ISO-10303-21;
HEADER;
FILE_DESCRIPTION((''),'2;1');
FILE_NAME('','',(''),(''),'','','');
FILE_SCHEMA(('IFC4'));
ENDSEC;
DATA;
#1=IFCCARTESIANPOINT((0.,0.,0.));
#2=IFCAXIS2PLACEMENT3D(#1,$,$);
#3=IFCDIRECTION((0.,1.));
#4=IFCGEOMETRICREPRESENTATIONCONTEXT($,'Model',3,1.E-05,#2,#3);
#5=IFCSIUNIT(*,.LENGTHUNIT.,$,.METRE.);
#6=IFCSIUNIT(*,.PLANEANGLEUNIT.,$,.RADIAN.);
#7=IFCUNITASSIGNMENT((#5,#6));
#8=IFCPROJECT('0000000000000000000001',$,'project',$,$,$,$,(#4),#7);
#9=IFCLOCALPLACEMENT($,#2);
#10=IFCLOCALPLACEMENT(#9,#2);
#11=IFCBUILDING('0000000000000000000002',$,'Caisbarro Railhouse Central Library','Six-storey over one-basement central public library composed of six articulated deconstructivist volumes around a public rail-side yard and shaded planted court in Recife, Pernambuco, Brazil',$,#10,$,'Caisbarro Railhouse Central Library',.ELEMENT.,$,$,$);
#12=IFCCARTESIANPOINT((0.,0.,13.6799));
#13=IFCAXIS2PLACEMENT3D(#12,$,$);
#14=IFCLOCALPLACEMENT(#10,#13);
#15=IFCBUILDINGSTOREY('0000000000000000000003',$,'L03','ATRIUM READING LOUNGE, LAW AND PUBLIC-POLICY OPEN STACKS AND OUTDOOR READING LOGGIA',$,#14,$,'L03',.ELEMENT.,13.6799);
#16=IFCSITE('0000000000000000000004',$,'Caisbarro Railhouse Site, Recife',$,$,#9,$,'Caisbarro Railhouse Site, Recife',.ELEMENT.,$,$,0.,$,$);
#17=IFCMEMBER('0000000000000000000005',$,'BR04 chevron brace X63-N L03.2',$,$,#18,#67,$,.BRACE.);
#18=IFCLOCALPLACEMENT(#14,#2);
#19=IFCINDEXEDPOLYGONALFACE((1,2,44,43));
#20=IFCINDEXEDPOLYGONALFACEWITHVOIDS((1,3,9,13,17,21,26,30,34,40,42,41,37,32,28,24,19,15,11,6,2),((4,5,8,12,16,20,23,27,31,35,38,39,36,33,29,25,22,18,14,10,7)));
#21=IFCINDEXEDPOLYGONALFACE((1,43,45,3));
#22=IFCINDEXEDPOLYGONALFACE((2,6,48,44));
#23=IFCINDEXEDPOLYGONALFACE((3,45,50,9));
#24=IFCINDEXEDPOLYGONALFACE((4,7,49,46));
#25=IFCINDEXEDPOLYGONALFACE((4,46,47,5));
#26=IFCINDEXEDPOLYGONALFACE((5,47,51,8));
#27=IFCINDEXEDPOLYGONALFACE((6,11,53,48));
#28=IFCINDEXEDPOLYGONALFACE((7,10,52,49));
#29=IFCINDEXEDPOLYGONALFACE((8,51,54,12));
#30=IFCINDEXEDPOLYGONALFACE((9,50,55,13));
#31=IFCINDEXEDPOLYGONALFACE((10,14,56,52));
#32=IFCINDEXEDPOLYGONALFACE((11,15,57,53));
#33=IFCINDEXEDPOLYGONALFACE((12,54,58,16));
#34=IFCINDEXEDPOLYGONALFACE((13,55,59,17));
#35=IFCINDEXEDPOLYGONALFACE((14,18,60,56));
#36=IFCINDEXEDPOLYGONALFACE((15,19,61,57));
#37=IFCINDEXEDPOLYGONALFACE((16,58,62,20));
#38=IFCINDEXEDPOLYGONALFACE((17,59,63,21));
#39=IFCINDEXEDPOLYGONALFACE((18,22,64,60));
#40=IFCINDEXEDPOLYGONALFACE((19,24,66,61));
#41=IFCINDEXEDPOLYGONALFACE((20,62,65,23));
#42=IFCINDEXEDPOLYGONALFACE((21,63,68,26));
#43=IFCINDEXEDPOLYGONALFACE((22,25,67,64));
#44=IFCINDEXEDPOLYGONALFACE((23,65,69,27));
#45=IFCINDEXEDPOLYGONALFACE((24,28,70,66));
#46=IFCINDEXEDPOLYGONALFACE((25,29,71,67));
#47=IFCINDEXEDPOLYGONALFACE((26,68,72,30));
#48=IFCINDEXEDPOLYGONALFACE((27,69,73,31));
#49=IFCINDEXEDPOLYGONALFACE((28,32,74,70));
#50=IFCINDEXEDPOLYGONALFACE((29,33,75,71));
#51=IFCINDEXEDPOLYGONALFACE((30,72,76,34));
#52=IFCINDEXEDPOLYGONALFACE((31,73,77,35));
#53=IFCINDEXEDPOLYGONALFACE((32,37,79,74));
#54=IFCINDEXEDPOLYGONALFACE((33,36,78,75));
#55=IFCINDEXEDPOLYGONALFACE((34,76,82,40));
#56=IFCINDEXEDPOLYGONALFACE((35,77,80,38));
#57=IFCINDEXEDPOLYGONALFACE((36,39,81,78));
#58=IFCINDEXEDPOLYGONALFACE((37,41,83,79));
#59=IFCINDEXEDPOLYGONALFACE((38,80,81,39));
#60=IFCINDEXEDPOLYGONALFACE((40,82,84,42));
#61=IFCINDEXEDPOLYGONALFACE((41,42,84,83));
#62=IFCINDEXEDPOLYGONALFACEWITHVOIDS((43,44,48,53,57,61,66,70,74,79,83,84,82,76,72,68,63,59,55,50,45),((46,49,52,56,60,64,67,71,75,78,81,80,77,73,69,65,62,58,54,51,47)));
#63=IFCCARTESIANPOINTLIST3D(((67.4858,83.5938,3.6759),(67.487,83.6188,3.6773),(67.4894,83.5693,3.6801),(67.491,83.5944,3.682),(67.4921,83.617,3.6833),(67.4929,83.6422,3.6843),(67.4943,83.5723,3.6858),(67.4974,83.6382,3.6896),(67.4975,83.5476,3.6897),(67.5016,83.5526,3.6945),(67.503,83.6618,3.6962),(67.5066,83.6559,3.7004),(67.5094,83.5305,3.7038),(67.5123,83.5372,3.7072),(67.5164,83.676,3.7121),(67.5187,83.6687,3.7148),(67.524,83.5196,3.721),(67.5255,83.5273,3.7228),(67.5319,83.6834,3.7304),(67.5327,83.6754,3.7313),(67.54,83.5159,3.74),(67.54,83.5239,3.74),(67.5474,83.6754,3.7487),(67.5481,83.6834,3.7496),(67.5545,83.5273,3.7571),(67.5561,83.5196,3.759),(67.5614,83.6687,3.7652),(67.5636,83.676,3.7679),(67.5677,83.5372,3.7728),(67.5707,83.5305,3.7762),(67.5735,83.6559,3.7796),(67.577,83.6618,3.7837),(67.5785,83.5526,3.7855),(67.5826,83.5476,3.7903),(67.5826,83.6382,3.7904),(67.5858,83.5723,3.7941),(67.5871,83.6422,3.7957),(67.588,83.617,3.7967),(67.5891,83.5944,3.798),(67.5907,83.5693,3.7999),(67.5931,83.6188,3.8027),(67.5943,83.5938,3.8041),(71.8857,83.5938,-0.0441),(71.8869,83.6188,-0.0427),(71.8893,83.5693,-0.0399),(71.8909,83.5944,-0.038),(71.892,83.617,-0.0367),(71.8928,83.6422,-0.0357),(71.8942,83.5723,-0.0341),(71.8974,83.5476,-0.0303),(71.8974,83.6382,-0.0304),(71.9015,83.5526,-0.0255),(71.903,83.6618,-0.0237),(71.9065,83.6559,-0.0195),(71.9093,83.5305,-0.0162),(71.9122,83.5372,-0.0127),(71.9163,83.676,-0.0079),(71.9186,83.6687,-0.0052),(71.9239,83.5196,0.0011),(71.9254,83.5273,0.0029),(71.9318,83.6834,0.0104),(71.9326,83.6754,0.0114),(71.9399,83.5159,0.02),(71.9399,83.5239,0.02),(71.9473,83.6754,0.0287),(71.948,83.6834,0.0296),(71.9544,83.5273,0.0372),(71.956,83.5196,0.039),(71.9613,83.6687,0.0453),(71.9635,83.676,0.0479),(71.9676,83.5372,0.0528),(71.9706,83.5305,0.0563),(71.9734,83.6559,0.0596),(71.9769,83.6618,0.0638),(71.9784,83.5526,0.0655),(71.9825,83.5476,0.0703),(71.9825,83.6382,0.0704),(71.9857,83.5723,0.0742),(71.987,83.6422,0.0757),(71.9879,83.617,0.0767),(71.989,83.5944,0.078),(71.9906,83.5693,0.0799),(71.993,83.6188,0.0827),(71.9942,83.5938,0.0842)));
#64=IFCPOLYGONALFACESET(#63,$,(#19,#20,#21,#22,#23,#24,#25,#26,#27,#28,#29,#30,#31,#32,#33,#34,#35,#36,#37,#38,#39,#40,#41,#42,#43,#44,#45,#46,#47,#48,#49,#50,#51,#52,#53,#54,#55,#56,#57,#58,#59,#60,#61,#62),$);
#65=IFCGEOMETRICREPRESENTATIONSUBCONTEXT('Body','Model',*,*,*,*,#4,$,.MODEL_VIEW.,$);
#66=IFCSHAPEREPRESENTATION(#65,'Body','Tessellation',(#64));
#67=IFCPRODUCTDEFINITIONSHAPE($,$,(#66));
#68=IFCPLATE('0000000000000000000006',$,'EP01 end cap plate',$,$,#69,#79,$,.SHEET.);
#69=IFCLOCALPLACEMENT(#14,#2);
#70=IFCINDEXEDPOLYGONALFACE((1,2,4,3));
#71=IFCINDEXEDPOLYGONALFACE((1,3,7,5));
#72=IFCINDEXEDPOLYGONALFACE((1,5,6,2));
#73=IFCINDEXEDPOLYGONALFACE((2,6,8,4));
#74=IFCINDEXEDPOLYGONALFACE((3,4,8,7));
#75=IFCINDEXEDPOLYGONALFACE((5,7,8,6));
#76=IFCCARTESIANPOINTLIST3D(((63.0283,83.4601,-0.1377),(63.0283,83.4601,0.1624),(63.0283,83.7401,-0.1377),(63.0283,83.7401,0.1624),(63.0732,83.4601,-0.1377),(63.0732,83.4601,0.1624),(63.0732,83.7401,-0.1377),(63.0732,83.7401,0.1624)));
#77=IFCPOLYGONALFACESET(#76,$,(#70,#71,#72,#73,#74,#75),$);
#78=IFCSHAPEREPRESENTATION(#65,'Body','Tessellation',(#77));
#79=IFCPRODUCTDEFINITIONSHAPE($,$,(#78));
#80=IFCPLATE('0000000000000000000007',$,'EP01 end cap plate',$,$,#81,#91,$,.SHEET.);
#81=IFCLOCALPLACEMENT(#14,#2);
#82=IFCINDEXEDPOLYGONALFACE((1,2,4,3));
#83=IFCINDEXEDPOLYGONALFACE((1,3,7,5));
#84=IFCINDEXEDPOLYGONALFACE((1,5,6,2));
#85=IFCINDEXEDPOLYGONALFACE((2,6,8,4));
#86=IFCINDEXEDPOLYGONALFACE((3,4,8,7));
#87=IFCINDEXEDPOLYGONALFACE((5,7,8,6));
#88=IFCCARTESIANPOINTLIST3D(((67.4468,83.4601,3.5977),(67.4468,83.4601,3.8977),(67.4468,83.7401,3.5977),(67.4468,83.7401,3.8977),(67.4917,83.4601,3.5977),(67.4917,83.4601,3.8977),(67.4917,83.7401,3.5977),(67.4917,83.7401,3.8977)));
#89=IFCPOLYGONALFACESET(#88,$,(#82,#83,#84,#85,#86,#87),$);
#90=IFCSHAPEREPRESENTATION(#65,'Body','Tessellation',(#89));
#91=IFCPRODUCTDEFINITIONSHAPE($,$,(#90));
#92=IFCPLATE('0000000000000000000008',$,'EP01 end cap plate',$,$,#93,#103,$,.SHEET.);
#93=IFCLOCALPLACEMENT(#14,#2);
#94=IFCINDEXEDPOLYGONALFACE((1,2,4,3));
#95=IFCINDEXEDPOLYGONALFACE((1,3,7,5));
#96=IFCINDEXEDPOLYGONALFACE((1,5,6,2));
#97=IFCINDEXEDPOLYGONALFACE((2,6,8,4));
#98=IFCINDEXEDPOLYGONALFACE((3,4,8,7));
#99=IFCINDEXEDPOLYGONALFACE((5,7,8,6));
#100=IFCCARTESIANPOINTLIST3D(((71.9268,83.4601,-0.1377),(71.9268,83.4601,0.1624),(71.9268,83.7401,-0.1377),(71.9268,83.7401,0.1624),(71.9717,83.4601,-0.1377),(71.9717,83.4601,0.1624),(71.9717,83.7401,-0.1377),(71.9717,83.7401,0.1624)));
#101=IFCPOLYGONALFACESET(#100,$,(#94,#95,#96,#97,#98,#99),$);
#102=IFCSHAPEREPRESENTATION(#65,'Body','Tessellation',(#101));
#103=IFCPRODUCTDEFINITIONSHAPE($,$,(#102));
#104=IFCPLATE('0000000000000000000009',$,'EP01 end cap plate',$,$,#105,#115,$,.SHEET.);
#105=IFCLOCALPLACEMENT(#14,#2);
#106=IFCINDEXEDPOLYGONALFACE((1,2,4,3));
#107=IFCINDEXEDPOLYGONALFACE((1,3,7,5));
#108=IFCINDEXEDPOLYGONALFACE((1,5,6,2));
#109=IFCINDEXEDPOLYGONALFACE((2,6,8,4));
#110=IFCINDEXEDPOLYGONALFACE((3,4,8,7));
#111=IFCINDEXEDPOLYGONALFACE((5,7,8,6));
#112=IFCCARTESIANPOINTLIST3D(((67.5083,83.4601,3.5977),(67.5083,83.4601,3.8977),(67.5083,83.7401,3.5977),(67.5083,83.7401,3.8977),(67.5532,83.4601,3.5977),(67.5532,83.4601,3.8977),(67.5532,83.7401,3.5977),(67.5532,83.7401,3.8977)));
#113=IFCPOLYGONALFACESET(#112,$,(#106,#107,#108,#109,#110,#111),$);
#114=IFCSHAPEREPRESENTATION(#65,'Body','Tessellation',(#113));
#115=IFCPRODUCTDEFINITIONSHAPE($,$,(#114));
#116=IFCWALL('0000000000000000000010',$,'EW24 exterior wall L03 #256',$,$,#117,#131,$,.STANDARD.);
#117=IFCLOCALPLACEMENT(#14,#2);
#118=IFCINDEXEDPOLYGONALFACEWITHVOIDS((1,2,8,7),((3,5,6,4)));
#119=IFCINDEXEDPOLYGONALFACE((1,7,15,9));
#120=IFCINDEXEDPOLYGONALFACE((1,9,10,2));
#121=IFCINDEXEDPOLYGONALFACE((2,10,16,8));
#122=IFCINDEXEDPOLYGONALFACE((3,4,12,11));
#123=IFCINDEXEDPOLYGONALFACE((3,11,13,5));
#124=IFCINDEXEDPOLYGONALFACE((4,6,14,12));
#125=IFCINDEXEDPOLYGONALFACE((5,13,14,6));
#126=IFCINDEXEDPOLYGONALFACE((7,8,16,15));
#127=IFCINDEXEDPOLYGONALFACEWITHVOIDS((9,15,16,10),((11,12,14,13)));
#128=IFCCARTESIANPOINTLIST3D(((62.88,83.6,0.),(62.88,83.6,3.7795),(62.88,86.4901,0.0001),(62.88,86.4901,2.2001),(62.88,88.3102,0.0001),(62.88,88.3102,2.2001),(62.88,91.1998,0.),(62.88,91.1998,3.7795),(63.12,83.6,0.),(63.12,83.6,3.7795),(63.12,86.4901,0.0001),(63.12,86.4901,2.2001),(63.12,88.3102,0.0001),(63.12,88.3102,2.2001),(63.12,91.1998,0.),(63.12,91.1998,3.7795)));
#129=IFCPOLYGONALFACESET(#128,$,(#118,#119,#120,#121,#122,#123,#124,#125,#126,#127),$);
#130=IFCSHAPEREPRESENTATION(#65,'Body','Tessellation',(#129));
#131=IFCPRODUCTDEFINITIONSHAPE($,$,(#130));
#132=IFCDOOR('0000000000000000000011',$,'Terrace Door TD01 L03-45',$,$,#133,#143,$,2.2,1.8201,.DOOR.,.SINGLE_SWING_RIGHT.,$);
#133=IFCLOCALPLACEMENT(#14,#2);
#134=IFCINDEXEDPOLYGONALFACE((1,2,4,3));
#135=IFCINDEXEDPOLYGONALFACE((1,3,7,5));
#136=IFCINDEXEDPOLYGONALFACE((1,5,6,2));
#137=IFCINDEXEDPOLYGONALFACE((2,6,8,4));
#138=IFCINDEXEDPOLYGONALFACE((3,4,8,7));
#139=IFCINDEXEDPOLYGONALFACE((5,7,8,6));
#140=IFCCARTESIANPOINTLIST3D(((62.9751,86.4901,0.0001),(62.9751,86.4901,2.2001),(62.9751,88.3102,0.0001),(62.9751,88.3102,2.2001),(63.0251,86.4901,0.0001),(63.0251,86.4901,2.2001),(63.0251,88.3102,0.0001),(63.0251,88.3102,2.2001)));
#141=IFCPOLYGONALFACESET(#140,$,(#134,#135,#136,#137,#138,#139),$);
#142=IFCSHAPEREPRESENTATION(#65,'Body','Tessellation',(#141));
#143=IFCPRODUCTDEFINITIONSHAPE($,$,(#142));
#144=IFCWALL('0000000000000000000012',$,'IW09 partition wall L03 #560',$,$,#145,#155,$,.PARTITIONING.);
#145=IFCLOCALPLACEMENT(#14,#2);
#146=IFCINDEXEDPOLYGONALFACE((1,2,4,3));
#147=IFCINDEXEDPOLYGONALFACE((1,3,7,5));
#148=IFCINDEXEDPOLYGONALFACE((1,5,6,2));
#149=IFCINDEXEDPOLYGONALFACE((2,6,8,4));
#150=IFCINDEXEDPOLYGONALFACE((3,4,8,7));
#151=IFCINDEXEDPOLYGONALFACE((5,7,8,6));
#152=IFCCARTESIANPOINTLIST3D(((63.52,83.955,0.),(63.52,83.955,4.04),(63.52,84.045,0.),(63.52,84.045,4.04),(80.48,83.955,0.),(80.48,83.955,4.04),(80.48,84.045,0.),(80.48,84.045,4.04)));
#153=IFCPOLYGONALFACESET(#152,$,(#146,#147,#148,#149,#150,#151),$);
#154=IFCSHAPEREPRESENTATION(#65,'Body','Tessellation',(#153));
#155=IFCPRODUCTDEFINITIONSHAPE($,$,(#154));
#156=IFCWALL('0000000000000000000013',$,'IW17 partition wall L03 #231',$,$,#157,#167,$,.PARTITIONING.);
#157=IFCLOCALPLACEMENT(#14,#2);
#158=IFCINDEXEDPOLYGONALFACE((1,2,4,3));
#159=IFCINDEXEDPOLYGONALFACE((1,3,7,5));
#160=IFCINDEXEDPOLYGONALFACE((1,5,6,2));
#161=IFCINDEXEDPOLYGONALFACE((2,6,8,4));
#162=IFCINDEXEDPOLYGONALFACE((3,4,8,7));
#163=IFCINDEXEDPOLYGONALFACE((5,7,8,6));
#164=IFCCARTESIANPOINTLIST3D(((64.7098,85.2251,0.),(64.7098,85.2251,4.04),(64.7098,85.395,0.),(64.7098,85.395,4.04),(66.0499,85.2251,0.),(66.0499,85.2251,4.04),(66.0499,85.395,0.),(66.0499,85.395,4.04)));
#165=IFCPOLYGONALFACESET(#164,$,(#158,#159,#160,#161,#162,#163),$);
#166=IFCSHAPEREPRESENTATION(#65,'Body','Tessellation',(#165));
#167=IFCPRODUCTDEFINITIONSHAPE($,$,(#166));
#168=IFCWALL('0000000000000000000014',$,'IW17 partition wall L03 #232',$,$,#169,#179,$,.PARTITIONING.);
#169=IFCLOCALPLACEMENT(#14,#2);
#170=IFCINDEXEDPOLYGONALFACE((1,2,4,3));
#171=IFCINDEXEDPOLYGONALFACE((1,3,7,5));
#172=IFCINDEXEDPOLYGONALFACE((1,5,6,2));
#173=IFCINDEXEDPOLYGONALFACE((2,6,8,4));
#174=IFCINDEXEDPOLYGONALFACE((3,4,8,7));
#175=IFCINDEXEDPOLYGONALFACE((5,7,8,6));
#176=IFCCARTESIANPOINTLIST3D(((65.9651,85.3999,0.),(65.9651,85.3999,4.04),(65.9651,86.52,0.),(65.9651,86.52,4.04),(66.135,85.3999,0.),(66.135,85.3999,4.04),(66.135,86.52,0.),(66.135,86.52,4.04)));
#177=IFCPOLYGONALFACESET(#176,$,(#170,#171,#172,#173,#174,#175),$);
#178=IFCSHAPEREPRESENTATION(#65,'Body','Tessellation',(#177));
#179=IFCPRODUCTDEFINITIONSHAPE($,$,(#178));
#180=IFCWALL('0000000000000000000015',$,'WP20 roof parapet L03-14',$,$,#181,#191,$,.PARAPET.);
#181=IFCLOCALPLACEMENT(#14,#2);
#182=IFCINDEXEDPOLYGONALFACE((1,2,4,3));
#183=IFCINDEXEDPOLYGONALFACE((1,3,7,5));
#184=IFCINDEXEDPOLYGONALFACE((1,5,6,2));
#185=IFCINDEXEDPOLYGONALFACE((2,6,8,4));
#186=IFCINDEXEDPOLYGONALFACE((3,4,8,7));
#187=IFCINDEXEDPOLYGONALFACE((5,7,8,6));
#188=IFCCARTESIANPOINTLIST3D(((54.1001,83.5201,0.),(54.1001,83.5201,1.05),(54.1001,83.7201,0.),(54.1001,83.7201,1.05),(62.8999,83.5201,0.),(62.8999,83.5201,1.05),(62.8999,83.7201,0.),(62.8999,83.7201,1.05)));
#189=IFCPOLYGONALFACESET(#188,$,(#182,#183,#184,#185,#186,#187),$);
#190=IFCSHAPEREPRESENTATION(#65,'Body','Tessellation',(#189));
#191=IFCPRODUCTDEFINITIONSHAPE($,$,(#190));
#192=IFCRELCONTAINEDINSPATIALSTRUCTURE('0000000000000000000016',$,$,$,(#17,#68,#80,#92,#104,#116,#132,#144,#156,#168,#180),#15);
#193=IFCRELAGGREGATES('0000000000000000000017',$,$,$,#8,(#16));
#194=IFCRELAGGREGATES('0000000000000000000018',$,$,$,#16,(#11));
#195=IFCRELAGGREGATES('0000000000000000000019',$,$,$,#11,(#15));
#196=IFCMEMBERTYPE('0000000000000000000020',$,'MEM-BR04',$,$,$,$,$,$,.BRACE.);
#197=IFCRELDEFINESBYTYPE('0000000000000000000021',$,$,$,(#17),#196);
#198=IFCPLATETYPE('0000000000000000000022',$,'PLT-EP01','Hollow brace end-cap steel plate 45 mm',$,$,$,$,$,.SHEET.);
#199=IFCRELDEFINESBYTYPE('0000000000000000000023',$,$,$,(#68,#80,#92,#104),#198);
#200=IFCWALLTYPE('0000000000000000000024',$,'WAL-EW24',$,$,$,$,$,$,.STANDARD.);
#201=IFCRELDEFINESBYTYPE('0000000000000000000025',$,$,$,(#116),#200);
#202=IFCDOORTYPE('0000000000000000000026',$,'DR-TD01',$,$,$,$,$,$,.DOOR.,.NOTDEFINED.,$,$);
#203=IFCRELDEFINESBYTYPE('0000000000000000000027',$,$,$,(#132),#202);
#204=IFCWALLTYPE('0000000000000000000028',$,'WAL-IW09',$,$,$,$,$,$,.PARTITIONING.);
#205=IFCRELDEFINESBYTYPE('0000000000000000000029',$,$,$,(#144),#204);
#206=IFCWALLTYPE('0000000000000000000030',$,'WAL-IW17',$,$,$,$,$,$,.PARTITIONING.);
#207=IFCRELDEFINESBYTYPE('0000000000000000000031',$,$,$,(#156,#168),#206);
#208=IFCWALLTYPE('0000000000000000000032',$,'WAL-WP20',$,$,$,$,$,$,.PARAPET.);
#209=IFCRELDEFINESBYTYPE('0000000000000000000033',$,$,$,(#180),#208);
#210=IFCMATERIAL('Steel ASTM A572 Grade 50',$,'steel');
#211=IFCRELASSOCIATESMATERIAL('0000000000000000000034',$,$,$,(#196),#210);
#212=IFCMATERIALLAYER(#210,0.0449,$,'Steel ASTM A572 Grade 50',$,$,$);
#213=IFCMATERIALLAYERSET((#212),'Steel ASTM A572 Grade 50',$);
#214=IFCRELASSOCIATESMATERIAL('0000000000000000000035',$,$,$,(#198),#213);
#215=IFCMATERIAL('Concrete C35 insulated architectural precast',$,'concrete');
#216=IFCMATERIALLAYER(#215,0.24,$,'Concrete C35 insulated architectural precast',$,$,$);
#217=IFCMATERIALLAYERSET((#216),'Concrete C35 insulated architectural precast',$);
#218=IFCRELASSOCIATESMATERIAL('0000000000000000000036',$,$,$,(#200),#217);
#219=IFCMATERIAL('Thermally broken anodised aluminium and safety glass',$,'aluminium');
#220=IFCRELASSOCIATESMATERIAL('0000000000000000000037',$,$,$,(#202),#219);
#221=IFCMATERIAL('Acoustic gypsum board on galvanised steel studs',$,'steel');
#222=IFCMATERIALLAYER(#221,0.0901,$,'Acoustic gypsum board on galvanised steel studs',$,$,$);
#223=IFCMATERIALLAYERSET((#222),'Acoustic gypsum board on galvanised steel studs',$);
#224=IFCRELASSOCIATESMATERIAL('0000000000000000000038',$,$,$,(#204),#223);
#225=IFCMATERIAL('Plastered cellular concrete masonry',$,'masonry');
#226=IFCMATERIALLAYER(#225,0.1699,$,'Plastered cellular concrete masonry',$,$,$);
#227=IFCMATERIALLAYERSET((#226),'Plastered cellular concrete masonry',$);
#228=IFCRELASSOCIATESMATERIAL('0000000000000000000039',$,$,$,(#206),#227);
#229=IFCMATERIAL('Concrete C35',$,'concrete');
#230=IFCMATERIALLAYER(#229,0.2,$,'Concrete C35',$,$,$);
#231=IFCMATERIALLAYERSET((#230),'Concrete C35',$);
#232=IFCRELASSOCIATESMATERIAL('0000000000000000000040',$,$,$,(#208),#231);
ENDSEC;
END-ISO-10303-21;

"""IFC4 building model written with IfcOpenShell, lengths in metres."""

from ifc_helpers import new_model, si_unit, direction, frame, frame_2d, origin, origin_2d, place, context, subcontext, project, spatial, rectangle, hollow_circle, extrude, material, layer, layer_set, material_profile, profile_set, type_object, element, fill, save


model = new_model("IFC4")

# Units and contexts
model_context = context("Model", 3, precision=1e-05, world=origin(), true_north=direction((0.0, 1.0)))
body_context = subcontext(model_context, "Body", "Model", "MODEL_VIEW")
ifc_project = project(units=[si_unit("LENGTHUNIT", "METRE"), si_unit("PLANEANGLEUNIT", "RADIAN")], contexts=[model_context])

# Site, building, storey
site_placement = place(None, origin())
site = spatial("IfcSite", under=ifc_project, at=site_placement, Name="Caisbarro Railhouse Site, Recife", LongName="Caisbarro Railhouse Site, Recife", CompositionType="ELEMENT", RefElevation=0.0)
building_placement = place(site_placement, origin())
building = spatial("IfcBuilding", under=site, at=building_placement, Name="Caisbarro Railhouse Central Library", Description="Six-storey over one-basement central public library composed of six articulated deconstructivist volumes around a public rail-side yard and shaded planted court in Recife, Pernambuco, Brazil", LongName="Caisbarro Railhouse Central Library", CompositionType="ELEMENT")
storey_placement = place(building_placement, frame((0.0, 0.0, 13.6799)))
storey = spatial("IfcBuildingStorey", under=building, at=storey_placement, Name="L03", Description="ATRIUM READING LOUNGE, LAW AND PUBLIC-POLICY OPEN STACKS AND OUTDOOR READING LOGGIA", LongName="L03", CompositionType="ELEMENT", Elevation=13.6799)

# Shared definitions
ifc_material_1 = material(Name="Steel ASTM A572 Grade 50", Category="steel")

# Member
ifc_material_profile_1 = material_profile(ifc_material_1, hollow_circle(Radius=0.0842, WallThickness=0.0081, at=origin_2d()), Name="CHS168.3X8")
ifc_profile_set_1 = profile_set([ifc_material_profile_1], Name="Steel ASTM A572 Grade 50")
member_type = type_object("IfcMemberType", Name="MEM-BR04", PredefinedType="BRACE", material=ifc_profile_set_1)
for number, where, z_axis, x_axis, name in (
    (1, (71.9399, 83.6001, 0.02), (-0.763645, 0.0, 0.645636), (0.0, -1.0, 0.0), "BR04 chevron brace X63-N L03.2"),
):
    element("IfcMember", number, at=place(storey_placement, frame(where, z_axis=z_axis, x_axis=x_axis)), inside=storey, type_object=member_type, Name=name, PredefinedType="BRACE", context=body_context, shape_type="SweptSolid", body=[
        extrude(hollow_circle(Radius=0.0842, WallThickness=0.0081, at=origin_2d()), origin(), (0.0, 0.0, 1.0), 5.7617),
    ])

# Plates
ifc_layer_1 = layer(ifc_material_1, 0.0449, Name="Steel ASTM A572 Grade 50")
ifc_layer_set_1 = layer_set([ifc_layer_1], Name="Steel ASTM A572 Grade 50")
plate_type = type_object("IfcPlateType", Name="PLT-EP01", Description="Hollow brace end-cap steel plate 45 mm", PredefinedType="SHEET", material=ifc_layer_set_1)
for number, where, z_axis, x_axis, name in (
    (2, (63.0508, 83.6001, -0.1377), (0.0, 0.0, 1.0), (1.0, 0.0, 0.0), "EP01 end cap plate"),
    (3, (67.4692, 83.6001, 3.5977), (0.0, 0.0, 1.0), (1.0, 0.0, 0.0), "EP01 end cap plate"),
    (4, (71.9492, 83.6001, -0.1377), (0.0, 0.0, 1.0), (-1.0, 0.0, 0.0), "EP01 end cap plate"),
    (5, (67.5308, 83.6001, 3.5977), (0.0, 0.0, 1.0), (-1.0, 0.0, 0.0), "EP01 end cap plate"),
):
    element("IfcPlate", number, at=place(storey_placement, frame(where, z_axis=z_axis, x_axis=x_axis)), inside=storey, type_object=plate_type, Name=name, PredefinedType="SHEET", context=body_context, shape_type="SweptSolid", body=[
        extrude(rectangle(XDim=0.0449, YDim=0.28, at=origin_2d()), origin(), (0.0, 0.0, 1.0), 0.3),
    ])

# Wall, opening, door
ifc_material_2 = material(Name="Concrete C35 insulated architectural precast", Category="concrete")
ifc_layer_2 = layer(ifc_material_2, 0.24, Name="Concrete C35 insulated architectural precast")
ifc_layer_set_2 = layer_set([ifc_layer_2], Name="Concrete C35 insulated architectural precast")
wall_type_1 = type_object("IfcWallType", Name="WAL-EW24", PredefinedType="STANDARD", material=ifc_layer_set_2)
wall_1_placement = place(storey_placement, frame((63.0, 83.6001, 0.0), z_axis=(0.0, 0.0, 1.0), x_axis=(0.0, 1.0, 0.0)))
wall_1 = element("IfcWall", 6, at=wall_1_placement, inside=storey, type_object=wall_type_1, Name="EW24 exterior wall L03 #256", PredefinedType="STANDARD", context=body_context, shape_type="SweptSolid", body=[
    extrude(rectangle(XDim=7.5999, YDim=0.24, at=frame_2d((3.7998, 0.0))), origin(), (0.0, 0.0, 1.0), 3.7795),
])
opening_placement = place(wall_1_placement, frame((2.8899, 0.0, 0.0)))
opening = element("IfcOpeningElement", 7, at=opening_placement, cuts=wall_1, PredefinedType="OPENING", context=body_context, shape_type="SweptSolid", body=[
    extrude(rectangle(XDim=1.8201, YDim=2.2, at=frame_2d((0.9102, 1.1001))), frame((0.0, 0.1299, 0.0), z_axis=(0.0, -1.0, 0.0), x_axis=(1.0, 0.0, 0.0)), (0.0, 0.0, 1.0), 0.26),
])
ifc_material_3 = material(Name="Thermally broken anodised aluminium and safety glass", Category="aluminium")
door_type = type_object("IfcDoorType", Name="DR-TD01", OperationType="NOTDEFINED", PredefinedType="DOOR", material=ifc_material_3)
door_placement = place(opening_placement, origin())
door = element("IfcDoor", 8, at=door_placement, inside=storey, type_object=door_type, Name="Terrace Door TD01 L03-45", OperationType="SINGLE_SWING_RIGHT", OverallHeight=2.2, OverallWidth=1.8201, PredefinedType="DOOR", context=body_context, shape_type="SweptSolid", body=[
    extrude(rectangle(XDim=1.8201, YDim=2.2, at=frame_2d((0.9102, 1.1001))), frame((0.0, 0.0249, 0.0), z_axis=(0.0, -1.0, 0.0), x_axis=(1.0, 0.0, 0.0)), (0.0, 0.0, 1.0), 0.05),
])
fill(opening, door)

# Walls
ifc_material_4 = material(Name="Acoustic gypsum board on galvanised steel studs", Category="steel")
ifc_layer_3 = layer(ifc_material_4, 0.0901, Name="Acoustic gypsum board on galvanised steel studs")
ifc_layer_set_3 = layer_set([ifc_layer_3], Name="Acoustic gypsum board on galvanised steel studs")
wall_type_2 = type_object("IfcWallType", Name="WAL-IW09", PredefinedType="PARTITIONING", material=ifc_layer_set_3)
wall_2_placement = place(storey_placement, frame((63.52, 84.0, 0.0), z_axis=(0.0, 0.0, 1.0), x_axis=(1.0, 0.0, 0.0)))
element("IfcWall", 9, at=wall_2_placement, inside=storey, type_object=wall_type_2, Name="IW09 partition wall L03 #560", PredefinedType="PARTITIONING", context=body_context, shape_type="SweptSolid", body=[
    extrude(rectangle(XDim=16.96, YDim=0.0901, at=frame_2d((8.48, 0.0))), origin(), (0.0, 0.0, 1.0), 4.04),
])
ifc_material_5 = material(Name="Plastered cellular concrete masonry", Category="masonry")
ifc_layer_4 = layer(ifc_material_5, 0.1699, Name="Plastered cellular concrete masonry")
ifc_layer_set_4 = layer_set([ifc_layer_4], Name="Plastered cellular concrete masonry")
wall_type_3 = type_object("IfcWallType", Name="WAL-IW17", PredefinedType="PARTITIONING", material=ifc_layer_set_4)
wall_3_placement = place(storey_placement, frame((64.71, 85.3101, 0.0), z_axis=(0.0, 0.0, 1.0), x_axis=(1.0, 0.0, 0.0)))
element("IfcWall", 10, at=wall_3_placement, inside=storey, type_object=wall_type_3, Name="IW17 partition wall L03 #231", PredefinedType="PARTITIONING", context=body_context, shape_type="SweptSolid", body=[
    extrude(rectangle(XDim=1.3401, YDim=0.1699, at=frame_2d((0.6699, 0.0))), origin(), (0.0, 0.0, 1.0), 4.04),
])
wall_4_placement = place(storey_placement, frame((66.05, 85.3999, 0.0), z_axis=(0.0, 0.0, 1.0), x_axis=(0.0, 1.0, 0.0)))
element("IfcWall", 11, at=wall_4_placement, inside=storey, type_object=wall_type_3, Name="IW17 partition wall L03 #232", PredefinedType="PARTITIONING", context=body_context, shape_type="SweptSolid", body=[
    extrude(rectangle(XDim=1.1201, YDim=0.1699, at=frame_2d((0.5601, 0.0))), origin(), (0.0, 0.0, 1.0), 4.04),
])
ifc_material_6 = material(Name="Concrete C35", Category="concrete")
ifc_layer_5 = layer(ifc_material_6, 0.2, Name="Concrete C35")
ifc_layer_set_5 = layer_set([ifc_layer_5], Name="Concrete C35")
wall_type_4 = type_object("IfcWallType", Name="WAL-WP20", PredefinedType="PARAPET", material=ifc_layer_set_5)
wall_5_placement = place(storey_placement, frame((54.1001, 83.6201, 0.0), z_axis=(0.0, 0.0, 1.0), x_axis=(1.0, 0.0, 0.0)))
element("IfcWall", 12, at=wall_5_placement, inside=storey, type_object=wall_type_4, Name="WP20 roof parapet L03-14", PredefinedType="PARAPET", context=body_context, shape_type="SweptSolid", body=[
    extrude(rectangle(XDim=8.7998, YDim=0.2, at=frame_2d((4.3999, 0.0))), origin(), (0.0, 0.0, 1.0), 1.05),
])

save(model, "model.ifc")
